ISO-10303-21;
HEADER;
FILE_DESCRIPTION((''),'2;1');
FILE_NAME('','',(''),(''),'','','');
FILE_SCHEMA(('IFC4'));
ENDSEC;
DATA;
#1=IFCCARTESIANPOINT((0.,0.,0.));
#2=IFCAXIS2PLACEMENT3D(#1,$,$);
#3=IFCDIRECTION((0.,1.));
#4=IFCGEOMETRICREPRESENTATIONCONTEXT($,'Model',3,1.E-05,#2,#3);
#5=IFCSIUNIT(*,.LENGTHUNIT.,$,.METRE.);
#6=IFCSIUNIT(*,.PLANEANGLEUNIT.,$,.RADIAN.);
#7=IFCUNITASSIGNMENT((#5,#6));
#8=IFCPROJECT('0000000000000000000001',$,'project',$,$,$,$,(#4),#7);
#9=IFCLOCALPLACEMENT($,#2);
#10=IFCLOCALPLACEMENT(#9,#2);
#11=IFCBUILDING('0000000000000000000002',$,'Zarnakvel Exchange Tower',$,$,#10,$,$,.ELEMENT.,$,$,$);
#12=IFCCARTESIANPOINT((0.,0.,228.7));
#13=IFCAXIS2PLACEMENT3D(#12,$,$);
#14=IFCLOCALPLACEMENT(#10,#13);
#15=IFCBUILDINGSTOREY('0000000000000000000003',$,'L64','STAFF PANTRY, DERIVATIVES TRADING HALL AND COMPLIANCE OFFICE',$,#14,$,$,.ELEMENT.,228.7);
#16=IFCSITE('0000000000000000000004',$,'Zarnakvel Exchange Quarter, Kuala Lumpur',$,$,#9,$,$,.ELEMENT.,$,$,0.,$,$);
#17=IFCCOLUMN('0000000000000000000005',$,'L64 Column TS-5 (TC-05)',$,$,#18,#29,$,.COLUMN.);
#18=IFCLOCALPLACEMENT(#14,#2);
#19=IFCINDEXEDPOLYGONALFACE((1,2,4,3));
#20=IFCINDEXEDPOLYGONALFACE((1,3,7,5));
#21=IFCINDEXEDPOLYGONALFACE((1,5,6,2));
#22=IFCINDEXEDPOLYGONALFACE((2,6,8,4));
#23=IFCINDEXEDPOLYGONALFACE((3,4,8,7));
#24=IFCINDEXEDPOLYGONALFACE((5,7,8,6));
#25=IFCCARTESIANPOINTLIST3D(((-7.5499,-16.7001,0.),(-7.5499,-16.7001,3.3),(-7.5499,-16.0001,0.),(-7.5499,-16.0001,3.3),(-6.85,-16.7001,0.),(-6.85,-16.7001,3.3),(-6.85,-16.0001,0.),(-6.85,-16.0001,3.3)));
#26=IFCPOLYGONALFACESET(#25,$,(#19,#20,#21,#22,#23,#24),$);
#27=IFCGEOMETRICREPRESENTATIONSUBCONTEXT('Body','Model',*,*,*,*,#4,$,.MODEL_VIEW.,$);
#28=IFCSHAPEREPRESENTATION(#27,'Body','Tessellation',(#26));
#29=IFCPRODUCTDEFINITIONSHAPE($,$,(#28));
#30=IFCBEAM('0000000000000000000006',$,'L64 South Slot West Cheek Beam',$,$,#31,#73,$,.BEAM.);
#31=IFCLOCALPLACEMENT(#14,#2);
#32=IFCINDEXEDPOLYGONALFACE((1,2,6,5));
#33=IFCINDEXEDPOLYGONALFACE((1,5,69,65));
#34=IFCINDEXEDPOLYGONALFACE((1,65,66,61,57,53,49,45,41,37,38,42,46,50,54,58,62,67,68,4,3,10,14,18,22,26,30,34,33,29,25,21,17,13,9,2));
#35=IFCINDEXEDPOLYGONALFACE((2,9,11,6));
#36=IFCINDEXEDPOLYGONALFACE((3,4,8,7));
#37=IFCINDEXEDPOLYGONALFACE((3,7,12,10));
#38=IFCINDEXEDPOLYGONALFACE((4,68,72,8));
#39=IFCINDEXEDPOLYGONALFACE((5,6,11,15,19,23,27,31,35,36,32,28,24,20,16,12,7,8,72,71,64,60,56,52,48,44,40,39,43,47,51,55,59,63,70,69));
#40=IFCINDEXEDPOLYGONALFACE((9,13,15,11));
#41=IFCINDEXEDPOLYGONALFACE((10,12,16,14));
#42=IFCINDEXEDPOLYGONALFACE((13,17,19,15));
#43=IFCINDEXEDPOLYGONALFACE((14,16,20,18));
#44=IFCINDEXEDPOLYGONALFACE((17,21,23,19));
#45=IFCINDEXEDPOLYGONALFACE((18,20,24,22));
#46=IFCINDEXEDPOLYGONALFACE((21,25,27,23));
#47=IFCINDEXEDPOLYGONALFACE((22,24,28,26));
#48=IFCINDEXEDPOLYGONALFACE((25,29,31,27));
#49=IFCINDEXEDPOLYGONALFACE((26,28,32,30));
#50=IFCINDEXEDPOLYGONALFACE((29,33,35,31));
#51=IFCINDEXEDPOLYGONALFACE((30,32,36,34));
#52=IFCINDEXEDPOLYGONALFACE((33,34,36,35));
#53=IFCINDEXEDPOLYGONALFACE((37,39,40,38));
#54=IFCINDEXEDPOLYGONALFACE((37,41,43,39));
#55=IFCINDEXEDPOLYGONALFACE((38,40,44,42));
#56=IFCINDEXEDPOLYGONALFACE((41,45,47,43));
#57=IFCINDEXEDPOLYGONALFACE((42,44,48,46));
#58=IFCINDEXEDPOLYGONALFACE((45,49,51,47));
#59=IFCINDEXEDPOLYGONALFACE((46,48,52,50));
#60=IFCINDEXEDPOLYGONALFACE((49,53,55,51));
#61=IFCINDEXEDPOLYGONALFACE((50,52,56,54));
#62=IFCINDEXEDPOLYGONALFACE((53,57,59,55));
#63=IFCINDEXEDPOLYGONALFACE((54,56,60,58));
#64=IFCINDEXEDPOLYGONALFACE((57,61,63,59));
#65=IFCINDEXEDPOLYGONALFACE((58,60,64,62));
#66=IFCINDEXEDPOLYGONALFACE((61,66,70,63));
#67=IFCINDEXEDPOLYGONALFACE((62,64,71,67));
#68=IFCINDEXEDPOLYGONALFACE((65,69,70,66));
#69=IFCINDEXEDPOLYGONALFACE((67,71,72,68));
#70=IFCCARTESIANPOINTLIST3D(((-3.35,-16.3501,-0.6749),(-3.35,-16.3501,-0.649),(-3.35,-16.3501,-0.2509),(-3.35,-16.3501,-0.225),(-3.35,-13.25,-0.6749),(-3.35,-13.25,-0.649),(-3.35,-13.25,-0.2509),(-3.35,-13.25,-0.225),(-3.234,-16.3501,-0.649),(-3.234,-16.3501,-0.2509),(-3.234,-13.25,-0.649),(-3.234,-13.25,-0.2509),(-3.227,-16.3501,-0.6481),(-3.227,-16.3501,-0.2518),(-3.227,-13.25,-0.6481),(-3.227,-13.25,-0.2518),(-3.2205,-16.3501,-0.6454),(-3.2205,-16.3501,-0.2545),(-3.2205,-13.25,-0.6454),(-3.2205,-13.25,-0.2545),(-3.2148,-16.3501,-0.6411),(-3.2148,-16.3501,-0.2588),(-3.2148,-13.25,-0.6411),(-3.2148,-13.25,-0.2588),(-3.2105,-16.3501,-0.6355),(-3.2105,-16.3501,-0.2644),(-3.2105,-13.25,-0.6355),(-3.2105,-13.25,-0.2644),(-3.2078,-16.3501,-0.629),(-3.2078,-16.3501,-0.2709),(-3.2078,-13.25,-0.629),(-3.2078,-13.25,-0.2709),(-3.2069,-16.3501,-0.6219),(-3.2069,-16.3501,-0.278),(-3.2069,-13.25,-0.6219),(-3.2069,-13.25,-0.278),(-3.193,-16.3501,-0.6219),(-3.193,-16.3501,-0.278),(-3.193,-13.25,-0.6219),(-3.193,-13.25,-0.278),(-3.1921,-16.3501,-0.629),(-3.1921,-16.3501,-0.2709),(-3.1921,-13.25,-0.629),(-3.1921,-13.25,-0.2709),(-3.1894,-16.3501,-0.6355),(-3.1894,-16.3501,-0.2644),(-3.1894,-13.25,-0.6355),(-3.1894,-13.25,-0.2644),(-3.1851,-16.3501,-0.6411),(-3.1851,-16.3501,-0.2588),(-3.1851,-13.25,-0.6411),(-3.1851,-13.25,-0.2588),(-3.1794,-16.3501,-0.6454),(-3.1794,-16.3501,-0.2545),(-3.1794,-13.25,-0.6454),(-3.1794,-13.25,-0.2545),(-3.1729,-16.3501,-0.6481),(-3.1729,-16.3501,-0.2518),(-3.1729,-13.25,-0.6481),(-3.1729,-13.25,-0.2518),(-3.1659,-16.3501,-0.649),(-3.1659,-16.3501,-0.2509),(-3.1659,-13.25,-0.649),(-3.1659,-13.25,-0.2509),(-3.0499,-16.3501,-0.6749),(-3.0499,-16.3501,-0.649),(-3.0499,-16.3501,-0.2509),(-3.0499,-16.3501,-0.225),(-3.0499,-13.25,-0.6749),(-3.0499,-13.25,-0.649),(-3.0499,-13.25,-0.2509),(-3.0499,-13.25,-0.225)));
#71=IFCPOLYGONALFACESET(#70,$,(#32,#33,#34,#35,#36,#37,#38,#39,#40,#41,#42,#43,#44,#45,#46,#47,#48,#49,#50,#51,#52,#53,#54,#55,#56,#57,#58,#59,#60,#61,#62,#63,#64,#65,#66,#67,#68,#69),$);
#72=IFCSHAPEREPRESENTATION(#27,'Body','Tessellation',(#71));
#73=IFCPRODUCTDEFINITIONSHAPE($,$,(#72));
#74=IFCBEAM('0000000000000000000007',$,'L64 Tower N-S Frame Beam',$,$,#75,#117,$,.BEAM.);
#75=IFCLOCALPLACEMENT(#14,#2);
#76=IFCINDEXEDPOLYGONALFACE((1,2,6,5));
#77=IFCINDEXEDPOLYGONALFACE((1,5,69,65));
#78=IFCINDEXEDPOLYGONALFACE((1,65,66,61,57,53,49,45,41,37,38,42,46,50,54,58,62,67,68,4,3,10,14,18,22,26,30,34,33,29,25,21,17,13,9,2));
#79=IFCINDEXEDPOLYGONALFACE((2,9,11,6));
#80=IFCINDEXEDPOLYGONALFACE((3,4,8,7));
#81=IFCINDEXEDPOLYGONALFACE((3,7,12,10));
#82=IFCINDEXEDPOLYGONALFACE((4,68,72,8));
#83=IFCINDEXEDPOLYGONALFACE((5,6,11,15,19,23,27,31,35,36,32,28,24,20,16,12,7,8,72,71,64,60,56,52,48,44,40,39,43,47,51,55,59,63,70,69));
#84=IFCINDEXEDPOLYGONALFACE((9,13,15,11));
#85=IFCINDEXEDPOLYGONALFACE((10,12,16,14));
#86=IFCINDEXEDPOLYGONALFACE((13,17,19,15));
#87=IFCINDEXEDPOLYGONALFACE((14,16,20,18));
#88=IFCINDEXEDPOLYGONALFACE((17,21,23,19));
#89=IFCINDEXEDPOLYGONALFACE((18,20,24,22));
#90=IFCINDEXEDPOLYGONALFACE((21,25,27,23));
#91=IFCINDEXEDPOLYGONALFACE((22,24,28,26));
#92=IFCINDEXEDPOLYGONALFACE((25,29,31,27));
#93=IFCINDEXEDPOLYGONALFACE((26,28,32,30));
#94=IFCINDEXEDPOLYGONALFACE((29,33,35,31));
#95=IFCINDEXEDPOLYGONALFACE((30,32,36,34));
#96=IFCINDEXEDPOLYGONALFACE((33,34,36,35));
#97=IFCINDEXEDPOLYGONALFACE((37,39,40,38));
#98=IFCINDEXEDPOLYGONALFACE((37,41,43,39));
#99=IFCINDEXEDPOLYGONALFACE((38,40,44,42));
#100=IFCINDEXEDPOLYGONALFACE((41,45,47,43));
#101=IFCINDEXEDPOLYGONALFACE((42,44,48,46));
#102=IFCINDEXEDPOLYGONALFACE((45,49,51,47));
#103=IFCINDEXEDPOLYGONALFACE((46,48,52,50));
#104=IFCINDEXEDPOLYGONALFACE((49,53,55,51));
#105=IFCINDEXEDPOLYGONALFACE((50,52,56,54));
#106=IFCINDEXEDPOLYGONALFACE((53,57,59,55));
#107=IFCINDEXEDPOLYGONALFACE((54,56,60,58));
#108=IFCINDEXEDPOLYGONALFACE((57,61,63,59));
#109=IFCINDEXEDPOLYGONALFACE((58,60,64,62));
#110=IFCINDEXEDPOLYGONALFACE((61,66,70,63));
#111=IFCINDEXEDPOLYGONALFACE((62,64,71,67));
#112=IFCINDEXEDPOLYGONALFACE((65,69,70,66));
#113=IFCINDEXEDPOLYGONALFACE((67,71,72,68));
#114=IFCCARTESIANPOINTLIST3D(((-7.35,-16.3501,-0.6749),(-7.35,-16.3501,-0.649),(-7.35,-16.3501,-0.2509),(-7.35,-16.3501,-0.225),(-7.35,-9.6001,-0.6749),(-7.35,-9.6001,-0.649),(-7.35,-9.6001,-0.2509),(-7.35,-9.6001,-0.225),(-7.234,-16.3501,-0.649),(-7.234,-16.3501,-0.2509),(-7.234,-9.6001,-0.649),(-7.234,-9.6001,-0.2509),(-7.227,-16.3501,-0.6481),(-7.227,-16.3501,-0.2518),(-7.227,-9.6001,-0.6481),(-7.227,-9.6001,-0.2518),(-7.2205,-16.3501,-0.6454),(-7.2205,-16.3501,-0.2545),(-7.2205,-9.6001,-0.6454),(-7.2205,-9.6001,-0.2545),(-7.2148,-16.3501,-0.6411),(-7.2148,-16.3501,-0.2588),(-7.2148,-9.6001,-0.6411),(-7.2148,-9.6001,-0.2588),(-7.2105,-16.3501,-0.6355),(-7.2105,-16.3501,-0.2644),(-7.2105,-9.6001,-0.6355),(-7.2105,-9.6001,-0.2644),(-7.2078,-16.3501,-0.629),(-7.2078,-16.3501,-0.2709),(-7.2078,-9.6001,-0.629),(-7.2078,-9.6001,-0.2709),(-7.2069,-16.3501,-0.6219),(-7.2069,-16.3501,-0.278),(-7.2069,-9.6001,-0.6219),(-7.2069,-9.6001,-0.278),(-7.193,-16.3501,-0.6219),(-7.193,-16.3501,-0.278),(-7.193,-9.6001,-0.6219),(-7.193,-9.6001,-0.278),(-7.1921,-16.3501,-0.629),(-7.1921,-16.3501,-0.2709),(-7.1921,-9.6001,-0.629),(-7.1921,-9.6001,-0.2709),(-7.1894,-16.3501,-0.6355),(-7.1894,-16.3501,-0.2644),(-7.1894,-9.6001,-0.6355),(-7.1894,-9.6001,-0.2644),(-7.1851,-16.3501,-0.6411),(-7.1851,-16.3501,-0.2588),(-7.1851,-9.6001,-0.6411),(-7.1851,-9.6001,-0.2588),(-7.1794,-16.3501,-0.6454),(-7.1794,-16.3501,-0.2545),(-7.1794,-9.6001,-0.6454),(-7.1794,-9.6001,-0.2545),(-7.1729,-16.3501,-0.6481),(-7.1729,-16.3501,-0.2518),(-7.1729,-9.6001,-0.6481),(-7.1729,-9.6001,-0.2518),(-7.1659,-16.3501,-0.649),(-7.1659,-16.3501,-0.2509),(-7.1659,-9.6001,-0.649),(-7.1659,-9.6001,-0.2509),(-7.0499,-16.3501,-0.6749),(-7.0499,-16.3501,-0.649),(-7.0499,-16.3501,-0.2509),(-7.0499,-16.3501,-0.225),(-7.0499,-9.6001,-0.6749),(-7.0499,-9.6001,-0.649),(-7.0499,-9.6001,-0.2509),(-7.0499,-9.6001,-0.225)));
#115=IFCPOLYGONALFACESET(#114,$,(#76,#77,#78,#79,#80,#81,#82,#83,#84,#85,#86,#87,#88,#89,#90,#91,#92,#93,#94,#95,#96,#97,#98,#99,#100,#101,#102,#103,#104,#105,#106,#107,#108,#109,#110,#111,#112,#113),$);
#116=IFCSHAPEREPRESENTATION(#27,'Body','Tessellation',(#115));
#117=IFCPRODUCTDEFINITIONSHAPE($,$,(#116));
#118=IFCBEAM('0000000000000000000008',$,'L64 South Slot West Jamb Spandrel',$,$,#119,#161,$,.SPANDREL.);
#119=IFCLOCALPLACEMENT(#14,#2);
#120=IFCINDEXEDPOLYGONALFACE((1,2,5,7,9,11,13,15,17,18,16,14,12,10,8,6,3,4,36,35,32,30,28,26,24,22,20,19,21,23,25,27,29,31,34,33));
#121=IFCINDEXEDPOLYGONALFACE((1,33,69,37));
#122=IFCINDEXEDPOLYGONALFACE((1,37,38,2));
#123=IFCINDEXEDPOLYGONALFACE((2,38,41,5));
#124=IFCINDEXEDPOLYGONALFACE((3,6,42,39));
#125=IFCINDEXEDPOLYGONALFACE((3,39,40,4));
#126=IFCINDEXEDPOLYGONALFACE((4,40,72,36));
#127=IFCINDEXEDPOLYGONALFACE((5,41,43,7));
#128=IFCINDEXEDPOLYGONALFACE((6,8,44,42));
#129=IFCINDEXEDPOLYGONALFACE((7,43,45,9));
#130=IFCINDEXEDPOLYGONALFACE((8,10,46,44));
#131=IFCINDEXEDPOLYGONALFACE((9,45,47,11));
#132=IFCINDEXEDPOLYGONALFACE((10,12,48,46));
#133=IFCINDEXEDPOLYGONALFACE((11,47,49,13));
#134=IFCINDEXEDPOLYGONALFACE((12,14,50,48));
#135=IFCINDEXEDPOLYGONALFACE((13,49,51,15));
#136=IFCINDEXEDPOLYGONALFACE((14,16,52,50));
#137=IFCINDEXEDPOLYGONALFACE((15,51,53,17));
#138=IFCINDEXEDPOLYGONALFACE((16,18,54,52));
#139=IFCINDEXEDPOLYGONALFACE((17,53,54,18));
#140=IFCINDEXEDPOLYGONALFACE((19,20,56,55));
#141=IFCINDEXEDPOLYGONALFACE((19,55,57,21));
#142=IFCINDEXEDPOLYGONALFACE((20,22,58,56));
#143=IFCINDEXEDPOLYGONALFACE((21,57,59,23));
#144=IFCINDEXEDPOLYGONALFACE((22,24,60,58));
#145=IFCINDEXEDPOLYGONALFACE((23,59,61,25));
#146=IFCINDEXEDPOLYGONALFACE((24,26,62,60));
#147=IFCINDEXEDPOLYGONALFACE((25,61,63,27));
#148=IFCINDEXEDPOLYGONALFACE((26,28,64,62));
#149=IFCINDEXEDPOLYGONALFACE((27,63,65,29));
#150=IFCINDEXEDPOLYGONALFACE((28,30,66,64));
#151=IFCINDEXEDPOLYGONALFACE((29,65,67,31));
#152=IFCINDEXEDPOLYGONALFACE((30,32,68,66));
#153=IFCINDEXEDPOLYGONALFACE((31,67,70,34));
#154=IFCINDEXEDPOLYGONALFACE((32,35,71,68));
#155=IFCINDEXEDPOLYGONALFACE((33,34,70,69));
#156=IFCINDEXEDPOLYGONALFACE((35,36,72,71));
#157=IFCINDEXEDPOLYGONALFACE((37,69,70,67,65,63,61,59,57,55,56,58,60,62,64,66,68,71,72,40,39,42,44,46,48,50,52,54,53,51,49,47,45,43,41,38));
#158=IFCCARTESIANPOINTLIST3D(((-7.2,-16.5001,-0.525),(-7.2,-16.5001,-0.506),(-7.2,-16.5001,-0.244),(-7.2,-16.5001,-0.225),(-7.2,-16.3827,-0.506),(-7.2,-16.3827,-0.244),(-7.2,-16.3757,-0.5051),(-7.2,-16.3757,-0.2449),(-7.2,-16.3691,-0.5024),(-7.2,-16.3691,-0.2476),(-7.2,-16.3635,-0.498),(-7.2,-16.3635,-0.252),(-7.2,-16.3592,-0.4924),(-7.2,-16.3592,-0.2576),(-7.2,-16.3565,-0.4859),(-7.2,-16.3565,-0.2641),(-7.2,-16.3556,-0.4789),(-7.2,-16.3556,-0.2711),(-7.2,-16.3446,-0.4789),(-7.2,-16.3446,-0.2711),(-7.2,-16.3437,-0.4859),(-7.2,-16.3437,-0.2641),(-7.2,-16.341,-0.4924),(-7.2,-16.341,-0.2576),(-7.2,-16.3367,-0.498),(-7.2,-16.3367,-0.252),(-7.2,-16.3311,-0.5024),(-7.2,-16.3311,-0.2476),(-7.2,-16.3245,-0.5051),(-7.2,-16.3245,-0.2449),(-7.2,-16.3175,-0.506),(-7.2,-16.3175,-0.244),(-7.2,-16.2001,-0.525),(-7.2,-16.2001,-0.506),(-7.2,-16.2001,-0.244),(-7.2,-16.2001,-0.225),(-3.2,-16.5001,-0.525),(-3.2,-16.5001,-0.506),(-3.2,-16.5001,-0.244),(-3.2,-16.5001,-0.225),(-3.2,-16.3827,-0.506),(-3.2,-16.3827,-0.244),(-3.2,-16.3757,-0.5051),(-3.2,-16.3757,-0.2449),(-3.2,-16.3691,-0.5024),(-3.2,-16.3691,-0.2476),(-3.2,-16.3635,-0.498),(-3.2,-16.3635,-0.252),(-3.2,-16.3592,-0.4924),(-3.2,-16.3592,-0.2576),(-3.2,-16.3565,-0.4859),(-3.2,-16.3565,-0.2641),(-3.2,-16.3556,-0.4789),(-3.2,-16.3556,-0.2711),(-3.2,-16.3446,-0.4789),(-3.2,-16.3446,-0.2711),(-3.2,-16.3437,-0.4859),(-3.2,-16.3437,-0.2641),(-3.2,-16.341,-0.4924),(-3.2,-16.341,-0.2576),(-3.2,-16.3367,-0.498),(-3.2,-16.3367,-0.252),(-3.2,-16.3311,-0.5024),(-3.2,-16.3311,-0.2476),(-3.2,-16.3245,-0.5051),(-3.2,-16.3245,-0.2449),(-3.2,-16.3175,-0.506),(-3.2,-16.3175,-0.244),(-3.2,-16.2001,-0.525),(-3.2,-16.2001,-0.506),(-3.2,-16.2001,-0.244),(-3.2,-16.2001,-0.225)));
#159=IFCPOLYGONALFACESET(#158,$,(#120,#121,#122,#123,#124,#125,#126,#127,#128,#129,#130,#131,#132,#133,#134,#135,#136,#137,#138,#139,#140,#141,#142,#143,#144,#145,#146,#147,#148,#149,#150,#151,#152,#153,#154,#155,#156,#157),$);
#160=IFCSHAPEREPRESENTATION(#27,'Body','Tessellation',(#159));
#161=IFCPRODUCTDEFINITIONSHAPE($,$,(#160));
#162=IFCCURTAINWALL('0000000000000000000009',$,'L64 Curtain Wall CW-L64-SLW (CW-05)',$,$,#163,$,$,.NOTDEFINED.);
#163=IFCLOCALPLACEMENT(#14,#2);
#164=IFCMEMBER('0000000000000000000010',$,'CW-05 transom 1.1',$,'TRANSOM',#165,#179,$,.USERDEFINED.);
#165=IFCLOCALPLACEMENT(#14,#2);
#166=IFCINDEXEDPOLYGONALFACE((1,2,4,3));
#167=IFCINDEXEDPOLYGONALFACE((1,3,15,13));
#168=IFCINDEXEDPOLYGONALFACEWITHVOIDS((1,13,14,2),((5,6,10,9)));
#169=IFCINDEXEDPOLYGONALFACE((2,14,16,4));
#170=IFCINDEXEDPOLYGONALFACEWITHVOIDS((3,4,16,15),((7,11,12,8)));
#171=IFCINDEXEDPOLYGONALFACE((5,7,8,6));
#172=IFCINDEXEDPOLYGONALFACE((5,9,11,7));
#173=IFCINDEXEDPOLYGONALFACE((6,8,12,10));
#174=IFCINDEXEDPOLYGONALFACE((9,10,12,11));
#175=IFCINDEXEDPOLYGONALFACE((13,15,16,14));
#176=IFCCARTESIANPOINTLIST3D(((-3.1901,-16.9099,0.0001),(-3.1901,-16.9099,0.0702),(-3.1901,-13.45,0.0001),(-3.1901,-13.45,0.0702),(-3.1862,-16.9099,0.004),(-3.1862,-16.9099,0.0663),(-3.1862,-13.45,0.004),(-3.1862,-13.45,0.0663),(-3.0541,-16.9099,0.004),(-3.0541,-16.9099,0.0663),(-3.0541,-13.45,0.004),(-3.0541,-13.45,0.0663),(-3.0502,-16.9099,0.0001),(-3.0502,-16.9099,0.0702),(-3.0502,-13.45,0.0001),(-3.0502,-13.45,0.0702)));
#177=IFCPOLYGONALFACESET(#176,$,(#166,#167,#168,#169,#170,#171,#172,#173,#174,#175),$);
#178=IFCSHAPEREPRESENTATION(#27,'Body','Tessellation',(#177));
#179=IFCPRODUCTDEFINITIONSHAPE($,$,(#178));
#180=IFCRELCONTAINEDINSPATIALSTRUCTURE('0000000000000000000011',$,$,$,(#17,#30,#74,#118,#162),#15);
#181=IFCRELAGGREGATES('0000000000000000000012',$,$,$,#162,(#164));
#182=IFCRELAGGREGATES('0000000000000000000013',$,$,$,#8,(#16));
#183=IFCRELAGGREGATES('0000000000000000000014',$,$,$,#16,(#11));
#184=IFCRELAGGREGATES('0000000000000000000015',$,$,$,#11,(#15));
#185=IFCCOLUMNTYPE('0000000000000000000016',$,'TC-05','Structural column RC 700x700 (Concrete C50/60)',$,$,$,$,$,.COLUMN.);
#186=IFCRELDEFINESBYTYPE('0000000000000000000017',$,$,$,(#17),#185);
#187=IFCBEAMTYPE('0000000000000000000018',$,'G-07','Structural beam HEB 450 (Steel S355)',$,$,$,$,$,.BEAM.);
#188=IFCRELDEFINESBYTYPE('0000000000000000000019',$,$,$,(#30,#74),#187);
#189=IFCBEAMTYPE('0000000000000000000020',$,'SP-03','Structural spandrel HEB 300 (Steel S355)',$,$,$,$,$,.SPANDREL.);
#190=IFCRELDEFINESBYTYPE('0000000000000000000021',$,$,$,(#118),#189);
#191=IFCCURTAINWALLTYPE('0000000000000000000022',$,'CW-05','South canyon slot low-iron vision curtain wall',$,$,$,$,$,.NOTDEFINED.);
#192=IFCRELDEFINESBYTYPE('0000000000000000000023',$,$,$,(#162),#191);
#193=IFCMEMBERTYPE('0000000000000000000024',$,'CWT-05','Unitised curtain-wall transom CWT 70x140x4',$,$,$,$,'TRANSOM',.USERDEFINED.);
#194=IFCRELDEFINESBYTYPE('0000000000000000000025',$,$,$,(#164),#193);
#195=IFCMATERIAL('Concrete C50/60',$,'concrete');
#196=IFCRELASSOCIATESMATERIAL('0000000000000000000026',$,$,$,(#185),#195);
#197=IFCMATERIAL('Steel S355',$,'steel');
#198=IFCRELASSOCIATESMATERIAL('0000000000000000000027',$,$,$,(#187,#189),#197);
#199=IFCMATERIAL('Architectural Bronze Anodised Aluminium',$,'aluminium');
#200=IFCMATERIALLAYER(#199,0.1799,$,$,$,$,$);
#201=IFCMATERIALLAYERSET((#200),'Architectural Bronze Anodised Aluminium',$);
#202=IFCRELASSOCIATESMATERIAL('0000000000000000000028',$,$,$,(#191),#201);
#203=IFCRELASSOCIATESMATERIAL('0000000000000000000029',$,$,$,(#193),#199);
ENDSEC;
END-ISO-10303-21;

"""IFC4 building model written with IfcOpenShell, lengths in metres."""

from ifc_helpers import new_model, si_unit, direction, frame, origin, origin_2d, place, context, subcontext, project, spatial, rectangle, hollow_rectangle, i_section, extrude, source, transform, mapped, material, layer, layer_set, material_profile, profile_set, type_object, element, aggregate, save


model = new_model("IFC4")

# Units and contexts
model_context = context("Model", 3, precision=1e-05, world=origin(), true_north=direction((0.0, 1.0)))
body_context = subcontext(model_context, "Body", "Model", "MODEL_VIEW")
ifc_project = project(units=[si_unit("LENGTHUNIT", "METRE"), si_unit("PLANEANGLEUNIT", "RADIAN")], contexts=[model_context])

# Site, building, storey
site_placement = place(None, origin())
site = spatial("IfcSite", under=ifc_project, at=site_placement, Name="Zarnakvel Exchange Quarter, Kuala Lumpur", CompositionType="ELEMENT", RefElevation=0.0)
building_placement = place(site_placement, origin())
building = spatial("IfcBuilding", under=site, at=building_placement, Name="Zarnakvel Exchange Tower", CompositionType="ELEMENT")
storey_placement = place(building_placement, frame((0.0, 0.0, 228.7)))
storey = spatial("IfcBuildingStorey", under=building, at=storey_placement, Name="L64", Description="STAFF PANTRY, DERIVATIVES TRADING HALL AND COMPLIANCE OFFICE", CompositionType="ELEMENT", Elevation=228.7)

# Column
ifc_material_1 = material(Name="Concrete C50/60", Category="concrete")
ifc_material_profile_1 = material_profile(ifc_material_1, rectangle(XDim=0.7, YDim=0.7, at=origin_2d()))
ifc_profile_set_1 = profile_set([ifc_material_profile_1], Name="Concrete C50/60")
column_type = type_object("IfcColumnType", Name="TC-05", Description="Structural column RC 700x700 (Concrete C50/60)", PredefinedType="COLUMN", material=ifc_profile_set_1)
column_placement = place(storey_placement, frame((-7.2, -16.3501, 0.0), z_axis=(0.0, 0.0, 1.0), x_axis=(1.0, 0.0, 0.0)))
element("IfcColumn", 1, at=column_placement, inside=storey, type_object=column_type, Name="L64 Column TS-5 (TC-05)", PredefinedType="COLUMN", context=body_context, shape_type="SweptSolid", body=[
    extrude(rectangle(XDim=0.7, YDim=0.7, at=origin_2d()), origin(), (0.0, 0.0, 1.0), 3.3),
])

# Beams
ifc_material_2 = material(Name="Steel S355", Category="steel")
ifc_material_profile_2 = material_profile(ifc_material_2, i_section(OverallWidth=0.3, OverallDepth=0.45, WebThickness=0.0139, FlangeThickness=0.0259, FilletRadius=0.0271, at=origin_2d()))
ifc_profile_set_2 = profile_set([ifc_material_profile_2], Name="Steel S355")
beam_type_1 = type_object("IfcBeamType", Name="G-07", Description="Structural beam HEB 450 (Steel S355)", PredefinedType="BEAM", material=ifc_profile_set_2)
beam_1_placement = place(storey_placement, frame((-3.2, -16.3501, -0.45), z_axis=(0.0, 1.0, 0.0), x_axis=(-1.0, 0.0, 0.0)))
element("IfcBeam", 2, at=beam_1_placement, inside=storey, type_object=beam_type_1, Name="L64 South Slot West Cheek Beam", PredefinedType="BEAM", context=body_context, shape_type="SweptSolid", body=[
    extrude(i_section(OverallWidth=0.3, OverallDepth=0.45, WebThickness=0.0139, FlangeThickness=0.0259, FilletRadius=0.0271, at=origin_2d()), origin(), (0.0, 0.0, 1.0), 3.1001),
])
beam_2_placement = place(storey_placement, frame((-7.2, -16.3501, -0.45), z_axis=(0.0, 1.0, 0.0), x_axis=(-1.0, 0.0, 0.0)))
element("IfcBeam", 3, at=beam_2_placement, inside=storey, type_object=beam_type_1, Name="L64 Tower N-S Frame Beam", PredefinedType="BEAM", context=body_context, shape_type="SweptSolid", body=[
    extrude(i_section(OverallWidth=0.3, OverallDepth=0.45, WebThickness=0.0139, FlangeThickness=0.0259, FilletRadius=0.0271, at=origin_2d()), origin(), (0.0, 0.0, 1.0), 6.75),
])
ifc_material_profile_3 = material_profile(ifc_material_2, i_section(OverallWidth=0.3, OverallDepth=0.3, WebThickness=0.011, FlangeThickness=0.019, FilletRadius=0.0271, at=origin_2d()))
ifc_profile_set_3 = profile_set([ifc_material_profile_3], Name="Steel S355")
beam_type_2 = type_object("IfcBeamType", Name="SP-03", Description="Structural spandrel HEB 300 (Steel S355)", PredefinedType="SPANDREL", material=ifc_profile_set_3)
beam_3_placement = place(storey_placement, frame((-7.2, -16.3501, -0.375), z_axis=(1.0, 0.0, 0.0), x_axis=(0.0, 1.0, 0.0)))
element("IfcBeam", 4, at=beam_3_placement, inside=storey, type_object=beam_type_2, Name="L64 South Slot West Jamb Spandrel", PredefinedType="SPANDREL", context=body_context, shape_type="SweptSolid", body=[
    extrude(i_section(OverallWidth=0.3, OverallDepth=0.3, WebThickness=0.011, FlangeThickness=0.019, FilletRadius=0.0271, at=origin_2d()), origin(), (0.0, 0.0, 1.0), 4.0),
])

# Curtain wall, member
ifc_material_3 = material(Name="Architectural Bronze Anodised Aluminium", Category="aluminium")
ifc_layer_1 = layer(ifc_material_3, 0.1799)
ifc_layer_set_1 = layer_set([ifc_layer_1], Name="Architectural Bronze Anodised Aluminium")
curtain_wall_type = type_object("IfcCurtainWallType", Name="CW-05", Description="South canyon slot low-iron vision curtain wall", PredefinedType="NOTDEFINED", material=ifc_layer_set_1)
curtain_wall_1_placement = place(storey_placement, origin())
curtain_wall_1 = element("IfcCurtainWall", 5, at=curtain_wall_1_placement, inside=storey, type_object=curtain_wall_type, Name="L64 Curtain Wall CW-L64-SLW (CW-05)", PredefinedType="NOTDEFINED")
ifc_material_profile_4 = material_profile(ifc_material_3, hollow_rectangle(XDim=0.1399, YDim=0.0701, WallThickness=0.0039, at=origin_2d()))
ifc_profile_set_4 = profile_set([ifc_material_profile_4], Name="Architectural Bronze Anodised Aluminium")
member_type_1 = type_object("IfcMemberType", Name="CWT-05", Description="Unitised curtain-wall transom CWT 70x140x4", ElementType="TRANSOM", PredefinedType="USERDEFINED", material=ifc_profile_set_4)
shared_shape_1 = source(origin(), body_context, "Body", "SweptSolid", [
    extrude(hollow_rectangle(XDim=0.1399, YDim=0.0701, WallThickness=0.0039, at=origin_2d()), origin(), (0.0, 0.0, 1.0), 3.46),
])
member_1_placement = place(storey_placement, frame((-3.1201, -16.9099, 0.0352), z_axis=(0.0, 1.0, 0.0), x_axis=(-1.0, 0.0, 0.0)))
member_1 = element("IfcMember", 6, at=member_1_placement, type_object=member_type_1, Name="CW-05 transom 1.1", ObjectType="TRANSOM", PredefinedType="USERDEFINED", context=body_context, shape_type="MappedRepresentation", body=[
    mapped(shared_shape_1, transform((0.0, 0.0, 0.0), x_axis=(1.0, 0.0, 0.0), y_axis=(0.0, 1.0, 0.0), z_axis=(0.0, 0.0, 1.0), scale=1.0)),
])

aggregate(curtain_wall_1, [member_1])

save(model, "model.ifc")
